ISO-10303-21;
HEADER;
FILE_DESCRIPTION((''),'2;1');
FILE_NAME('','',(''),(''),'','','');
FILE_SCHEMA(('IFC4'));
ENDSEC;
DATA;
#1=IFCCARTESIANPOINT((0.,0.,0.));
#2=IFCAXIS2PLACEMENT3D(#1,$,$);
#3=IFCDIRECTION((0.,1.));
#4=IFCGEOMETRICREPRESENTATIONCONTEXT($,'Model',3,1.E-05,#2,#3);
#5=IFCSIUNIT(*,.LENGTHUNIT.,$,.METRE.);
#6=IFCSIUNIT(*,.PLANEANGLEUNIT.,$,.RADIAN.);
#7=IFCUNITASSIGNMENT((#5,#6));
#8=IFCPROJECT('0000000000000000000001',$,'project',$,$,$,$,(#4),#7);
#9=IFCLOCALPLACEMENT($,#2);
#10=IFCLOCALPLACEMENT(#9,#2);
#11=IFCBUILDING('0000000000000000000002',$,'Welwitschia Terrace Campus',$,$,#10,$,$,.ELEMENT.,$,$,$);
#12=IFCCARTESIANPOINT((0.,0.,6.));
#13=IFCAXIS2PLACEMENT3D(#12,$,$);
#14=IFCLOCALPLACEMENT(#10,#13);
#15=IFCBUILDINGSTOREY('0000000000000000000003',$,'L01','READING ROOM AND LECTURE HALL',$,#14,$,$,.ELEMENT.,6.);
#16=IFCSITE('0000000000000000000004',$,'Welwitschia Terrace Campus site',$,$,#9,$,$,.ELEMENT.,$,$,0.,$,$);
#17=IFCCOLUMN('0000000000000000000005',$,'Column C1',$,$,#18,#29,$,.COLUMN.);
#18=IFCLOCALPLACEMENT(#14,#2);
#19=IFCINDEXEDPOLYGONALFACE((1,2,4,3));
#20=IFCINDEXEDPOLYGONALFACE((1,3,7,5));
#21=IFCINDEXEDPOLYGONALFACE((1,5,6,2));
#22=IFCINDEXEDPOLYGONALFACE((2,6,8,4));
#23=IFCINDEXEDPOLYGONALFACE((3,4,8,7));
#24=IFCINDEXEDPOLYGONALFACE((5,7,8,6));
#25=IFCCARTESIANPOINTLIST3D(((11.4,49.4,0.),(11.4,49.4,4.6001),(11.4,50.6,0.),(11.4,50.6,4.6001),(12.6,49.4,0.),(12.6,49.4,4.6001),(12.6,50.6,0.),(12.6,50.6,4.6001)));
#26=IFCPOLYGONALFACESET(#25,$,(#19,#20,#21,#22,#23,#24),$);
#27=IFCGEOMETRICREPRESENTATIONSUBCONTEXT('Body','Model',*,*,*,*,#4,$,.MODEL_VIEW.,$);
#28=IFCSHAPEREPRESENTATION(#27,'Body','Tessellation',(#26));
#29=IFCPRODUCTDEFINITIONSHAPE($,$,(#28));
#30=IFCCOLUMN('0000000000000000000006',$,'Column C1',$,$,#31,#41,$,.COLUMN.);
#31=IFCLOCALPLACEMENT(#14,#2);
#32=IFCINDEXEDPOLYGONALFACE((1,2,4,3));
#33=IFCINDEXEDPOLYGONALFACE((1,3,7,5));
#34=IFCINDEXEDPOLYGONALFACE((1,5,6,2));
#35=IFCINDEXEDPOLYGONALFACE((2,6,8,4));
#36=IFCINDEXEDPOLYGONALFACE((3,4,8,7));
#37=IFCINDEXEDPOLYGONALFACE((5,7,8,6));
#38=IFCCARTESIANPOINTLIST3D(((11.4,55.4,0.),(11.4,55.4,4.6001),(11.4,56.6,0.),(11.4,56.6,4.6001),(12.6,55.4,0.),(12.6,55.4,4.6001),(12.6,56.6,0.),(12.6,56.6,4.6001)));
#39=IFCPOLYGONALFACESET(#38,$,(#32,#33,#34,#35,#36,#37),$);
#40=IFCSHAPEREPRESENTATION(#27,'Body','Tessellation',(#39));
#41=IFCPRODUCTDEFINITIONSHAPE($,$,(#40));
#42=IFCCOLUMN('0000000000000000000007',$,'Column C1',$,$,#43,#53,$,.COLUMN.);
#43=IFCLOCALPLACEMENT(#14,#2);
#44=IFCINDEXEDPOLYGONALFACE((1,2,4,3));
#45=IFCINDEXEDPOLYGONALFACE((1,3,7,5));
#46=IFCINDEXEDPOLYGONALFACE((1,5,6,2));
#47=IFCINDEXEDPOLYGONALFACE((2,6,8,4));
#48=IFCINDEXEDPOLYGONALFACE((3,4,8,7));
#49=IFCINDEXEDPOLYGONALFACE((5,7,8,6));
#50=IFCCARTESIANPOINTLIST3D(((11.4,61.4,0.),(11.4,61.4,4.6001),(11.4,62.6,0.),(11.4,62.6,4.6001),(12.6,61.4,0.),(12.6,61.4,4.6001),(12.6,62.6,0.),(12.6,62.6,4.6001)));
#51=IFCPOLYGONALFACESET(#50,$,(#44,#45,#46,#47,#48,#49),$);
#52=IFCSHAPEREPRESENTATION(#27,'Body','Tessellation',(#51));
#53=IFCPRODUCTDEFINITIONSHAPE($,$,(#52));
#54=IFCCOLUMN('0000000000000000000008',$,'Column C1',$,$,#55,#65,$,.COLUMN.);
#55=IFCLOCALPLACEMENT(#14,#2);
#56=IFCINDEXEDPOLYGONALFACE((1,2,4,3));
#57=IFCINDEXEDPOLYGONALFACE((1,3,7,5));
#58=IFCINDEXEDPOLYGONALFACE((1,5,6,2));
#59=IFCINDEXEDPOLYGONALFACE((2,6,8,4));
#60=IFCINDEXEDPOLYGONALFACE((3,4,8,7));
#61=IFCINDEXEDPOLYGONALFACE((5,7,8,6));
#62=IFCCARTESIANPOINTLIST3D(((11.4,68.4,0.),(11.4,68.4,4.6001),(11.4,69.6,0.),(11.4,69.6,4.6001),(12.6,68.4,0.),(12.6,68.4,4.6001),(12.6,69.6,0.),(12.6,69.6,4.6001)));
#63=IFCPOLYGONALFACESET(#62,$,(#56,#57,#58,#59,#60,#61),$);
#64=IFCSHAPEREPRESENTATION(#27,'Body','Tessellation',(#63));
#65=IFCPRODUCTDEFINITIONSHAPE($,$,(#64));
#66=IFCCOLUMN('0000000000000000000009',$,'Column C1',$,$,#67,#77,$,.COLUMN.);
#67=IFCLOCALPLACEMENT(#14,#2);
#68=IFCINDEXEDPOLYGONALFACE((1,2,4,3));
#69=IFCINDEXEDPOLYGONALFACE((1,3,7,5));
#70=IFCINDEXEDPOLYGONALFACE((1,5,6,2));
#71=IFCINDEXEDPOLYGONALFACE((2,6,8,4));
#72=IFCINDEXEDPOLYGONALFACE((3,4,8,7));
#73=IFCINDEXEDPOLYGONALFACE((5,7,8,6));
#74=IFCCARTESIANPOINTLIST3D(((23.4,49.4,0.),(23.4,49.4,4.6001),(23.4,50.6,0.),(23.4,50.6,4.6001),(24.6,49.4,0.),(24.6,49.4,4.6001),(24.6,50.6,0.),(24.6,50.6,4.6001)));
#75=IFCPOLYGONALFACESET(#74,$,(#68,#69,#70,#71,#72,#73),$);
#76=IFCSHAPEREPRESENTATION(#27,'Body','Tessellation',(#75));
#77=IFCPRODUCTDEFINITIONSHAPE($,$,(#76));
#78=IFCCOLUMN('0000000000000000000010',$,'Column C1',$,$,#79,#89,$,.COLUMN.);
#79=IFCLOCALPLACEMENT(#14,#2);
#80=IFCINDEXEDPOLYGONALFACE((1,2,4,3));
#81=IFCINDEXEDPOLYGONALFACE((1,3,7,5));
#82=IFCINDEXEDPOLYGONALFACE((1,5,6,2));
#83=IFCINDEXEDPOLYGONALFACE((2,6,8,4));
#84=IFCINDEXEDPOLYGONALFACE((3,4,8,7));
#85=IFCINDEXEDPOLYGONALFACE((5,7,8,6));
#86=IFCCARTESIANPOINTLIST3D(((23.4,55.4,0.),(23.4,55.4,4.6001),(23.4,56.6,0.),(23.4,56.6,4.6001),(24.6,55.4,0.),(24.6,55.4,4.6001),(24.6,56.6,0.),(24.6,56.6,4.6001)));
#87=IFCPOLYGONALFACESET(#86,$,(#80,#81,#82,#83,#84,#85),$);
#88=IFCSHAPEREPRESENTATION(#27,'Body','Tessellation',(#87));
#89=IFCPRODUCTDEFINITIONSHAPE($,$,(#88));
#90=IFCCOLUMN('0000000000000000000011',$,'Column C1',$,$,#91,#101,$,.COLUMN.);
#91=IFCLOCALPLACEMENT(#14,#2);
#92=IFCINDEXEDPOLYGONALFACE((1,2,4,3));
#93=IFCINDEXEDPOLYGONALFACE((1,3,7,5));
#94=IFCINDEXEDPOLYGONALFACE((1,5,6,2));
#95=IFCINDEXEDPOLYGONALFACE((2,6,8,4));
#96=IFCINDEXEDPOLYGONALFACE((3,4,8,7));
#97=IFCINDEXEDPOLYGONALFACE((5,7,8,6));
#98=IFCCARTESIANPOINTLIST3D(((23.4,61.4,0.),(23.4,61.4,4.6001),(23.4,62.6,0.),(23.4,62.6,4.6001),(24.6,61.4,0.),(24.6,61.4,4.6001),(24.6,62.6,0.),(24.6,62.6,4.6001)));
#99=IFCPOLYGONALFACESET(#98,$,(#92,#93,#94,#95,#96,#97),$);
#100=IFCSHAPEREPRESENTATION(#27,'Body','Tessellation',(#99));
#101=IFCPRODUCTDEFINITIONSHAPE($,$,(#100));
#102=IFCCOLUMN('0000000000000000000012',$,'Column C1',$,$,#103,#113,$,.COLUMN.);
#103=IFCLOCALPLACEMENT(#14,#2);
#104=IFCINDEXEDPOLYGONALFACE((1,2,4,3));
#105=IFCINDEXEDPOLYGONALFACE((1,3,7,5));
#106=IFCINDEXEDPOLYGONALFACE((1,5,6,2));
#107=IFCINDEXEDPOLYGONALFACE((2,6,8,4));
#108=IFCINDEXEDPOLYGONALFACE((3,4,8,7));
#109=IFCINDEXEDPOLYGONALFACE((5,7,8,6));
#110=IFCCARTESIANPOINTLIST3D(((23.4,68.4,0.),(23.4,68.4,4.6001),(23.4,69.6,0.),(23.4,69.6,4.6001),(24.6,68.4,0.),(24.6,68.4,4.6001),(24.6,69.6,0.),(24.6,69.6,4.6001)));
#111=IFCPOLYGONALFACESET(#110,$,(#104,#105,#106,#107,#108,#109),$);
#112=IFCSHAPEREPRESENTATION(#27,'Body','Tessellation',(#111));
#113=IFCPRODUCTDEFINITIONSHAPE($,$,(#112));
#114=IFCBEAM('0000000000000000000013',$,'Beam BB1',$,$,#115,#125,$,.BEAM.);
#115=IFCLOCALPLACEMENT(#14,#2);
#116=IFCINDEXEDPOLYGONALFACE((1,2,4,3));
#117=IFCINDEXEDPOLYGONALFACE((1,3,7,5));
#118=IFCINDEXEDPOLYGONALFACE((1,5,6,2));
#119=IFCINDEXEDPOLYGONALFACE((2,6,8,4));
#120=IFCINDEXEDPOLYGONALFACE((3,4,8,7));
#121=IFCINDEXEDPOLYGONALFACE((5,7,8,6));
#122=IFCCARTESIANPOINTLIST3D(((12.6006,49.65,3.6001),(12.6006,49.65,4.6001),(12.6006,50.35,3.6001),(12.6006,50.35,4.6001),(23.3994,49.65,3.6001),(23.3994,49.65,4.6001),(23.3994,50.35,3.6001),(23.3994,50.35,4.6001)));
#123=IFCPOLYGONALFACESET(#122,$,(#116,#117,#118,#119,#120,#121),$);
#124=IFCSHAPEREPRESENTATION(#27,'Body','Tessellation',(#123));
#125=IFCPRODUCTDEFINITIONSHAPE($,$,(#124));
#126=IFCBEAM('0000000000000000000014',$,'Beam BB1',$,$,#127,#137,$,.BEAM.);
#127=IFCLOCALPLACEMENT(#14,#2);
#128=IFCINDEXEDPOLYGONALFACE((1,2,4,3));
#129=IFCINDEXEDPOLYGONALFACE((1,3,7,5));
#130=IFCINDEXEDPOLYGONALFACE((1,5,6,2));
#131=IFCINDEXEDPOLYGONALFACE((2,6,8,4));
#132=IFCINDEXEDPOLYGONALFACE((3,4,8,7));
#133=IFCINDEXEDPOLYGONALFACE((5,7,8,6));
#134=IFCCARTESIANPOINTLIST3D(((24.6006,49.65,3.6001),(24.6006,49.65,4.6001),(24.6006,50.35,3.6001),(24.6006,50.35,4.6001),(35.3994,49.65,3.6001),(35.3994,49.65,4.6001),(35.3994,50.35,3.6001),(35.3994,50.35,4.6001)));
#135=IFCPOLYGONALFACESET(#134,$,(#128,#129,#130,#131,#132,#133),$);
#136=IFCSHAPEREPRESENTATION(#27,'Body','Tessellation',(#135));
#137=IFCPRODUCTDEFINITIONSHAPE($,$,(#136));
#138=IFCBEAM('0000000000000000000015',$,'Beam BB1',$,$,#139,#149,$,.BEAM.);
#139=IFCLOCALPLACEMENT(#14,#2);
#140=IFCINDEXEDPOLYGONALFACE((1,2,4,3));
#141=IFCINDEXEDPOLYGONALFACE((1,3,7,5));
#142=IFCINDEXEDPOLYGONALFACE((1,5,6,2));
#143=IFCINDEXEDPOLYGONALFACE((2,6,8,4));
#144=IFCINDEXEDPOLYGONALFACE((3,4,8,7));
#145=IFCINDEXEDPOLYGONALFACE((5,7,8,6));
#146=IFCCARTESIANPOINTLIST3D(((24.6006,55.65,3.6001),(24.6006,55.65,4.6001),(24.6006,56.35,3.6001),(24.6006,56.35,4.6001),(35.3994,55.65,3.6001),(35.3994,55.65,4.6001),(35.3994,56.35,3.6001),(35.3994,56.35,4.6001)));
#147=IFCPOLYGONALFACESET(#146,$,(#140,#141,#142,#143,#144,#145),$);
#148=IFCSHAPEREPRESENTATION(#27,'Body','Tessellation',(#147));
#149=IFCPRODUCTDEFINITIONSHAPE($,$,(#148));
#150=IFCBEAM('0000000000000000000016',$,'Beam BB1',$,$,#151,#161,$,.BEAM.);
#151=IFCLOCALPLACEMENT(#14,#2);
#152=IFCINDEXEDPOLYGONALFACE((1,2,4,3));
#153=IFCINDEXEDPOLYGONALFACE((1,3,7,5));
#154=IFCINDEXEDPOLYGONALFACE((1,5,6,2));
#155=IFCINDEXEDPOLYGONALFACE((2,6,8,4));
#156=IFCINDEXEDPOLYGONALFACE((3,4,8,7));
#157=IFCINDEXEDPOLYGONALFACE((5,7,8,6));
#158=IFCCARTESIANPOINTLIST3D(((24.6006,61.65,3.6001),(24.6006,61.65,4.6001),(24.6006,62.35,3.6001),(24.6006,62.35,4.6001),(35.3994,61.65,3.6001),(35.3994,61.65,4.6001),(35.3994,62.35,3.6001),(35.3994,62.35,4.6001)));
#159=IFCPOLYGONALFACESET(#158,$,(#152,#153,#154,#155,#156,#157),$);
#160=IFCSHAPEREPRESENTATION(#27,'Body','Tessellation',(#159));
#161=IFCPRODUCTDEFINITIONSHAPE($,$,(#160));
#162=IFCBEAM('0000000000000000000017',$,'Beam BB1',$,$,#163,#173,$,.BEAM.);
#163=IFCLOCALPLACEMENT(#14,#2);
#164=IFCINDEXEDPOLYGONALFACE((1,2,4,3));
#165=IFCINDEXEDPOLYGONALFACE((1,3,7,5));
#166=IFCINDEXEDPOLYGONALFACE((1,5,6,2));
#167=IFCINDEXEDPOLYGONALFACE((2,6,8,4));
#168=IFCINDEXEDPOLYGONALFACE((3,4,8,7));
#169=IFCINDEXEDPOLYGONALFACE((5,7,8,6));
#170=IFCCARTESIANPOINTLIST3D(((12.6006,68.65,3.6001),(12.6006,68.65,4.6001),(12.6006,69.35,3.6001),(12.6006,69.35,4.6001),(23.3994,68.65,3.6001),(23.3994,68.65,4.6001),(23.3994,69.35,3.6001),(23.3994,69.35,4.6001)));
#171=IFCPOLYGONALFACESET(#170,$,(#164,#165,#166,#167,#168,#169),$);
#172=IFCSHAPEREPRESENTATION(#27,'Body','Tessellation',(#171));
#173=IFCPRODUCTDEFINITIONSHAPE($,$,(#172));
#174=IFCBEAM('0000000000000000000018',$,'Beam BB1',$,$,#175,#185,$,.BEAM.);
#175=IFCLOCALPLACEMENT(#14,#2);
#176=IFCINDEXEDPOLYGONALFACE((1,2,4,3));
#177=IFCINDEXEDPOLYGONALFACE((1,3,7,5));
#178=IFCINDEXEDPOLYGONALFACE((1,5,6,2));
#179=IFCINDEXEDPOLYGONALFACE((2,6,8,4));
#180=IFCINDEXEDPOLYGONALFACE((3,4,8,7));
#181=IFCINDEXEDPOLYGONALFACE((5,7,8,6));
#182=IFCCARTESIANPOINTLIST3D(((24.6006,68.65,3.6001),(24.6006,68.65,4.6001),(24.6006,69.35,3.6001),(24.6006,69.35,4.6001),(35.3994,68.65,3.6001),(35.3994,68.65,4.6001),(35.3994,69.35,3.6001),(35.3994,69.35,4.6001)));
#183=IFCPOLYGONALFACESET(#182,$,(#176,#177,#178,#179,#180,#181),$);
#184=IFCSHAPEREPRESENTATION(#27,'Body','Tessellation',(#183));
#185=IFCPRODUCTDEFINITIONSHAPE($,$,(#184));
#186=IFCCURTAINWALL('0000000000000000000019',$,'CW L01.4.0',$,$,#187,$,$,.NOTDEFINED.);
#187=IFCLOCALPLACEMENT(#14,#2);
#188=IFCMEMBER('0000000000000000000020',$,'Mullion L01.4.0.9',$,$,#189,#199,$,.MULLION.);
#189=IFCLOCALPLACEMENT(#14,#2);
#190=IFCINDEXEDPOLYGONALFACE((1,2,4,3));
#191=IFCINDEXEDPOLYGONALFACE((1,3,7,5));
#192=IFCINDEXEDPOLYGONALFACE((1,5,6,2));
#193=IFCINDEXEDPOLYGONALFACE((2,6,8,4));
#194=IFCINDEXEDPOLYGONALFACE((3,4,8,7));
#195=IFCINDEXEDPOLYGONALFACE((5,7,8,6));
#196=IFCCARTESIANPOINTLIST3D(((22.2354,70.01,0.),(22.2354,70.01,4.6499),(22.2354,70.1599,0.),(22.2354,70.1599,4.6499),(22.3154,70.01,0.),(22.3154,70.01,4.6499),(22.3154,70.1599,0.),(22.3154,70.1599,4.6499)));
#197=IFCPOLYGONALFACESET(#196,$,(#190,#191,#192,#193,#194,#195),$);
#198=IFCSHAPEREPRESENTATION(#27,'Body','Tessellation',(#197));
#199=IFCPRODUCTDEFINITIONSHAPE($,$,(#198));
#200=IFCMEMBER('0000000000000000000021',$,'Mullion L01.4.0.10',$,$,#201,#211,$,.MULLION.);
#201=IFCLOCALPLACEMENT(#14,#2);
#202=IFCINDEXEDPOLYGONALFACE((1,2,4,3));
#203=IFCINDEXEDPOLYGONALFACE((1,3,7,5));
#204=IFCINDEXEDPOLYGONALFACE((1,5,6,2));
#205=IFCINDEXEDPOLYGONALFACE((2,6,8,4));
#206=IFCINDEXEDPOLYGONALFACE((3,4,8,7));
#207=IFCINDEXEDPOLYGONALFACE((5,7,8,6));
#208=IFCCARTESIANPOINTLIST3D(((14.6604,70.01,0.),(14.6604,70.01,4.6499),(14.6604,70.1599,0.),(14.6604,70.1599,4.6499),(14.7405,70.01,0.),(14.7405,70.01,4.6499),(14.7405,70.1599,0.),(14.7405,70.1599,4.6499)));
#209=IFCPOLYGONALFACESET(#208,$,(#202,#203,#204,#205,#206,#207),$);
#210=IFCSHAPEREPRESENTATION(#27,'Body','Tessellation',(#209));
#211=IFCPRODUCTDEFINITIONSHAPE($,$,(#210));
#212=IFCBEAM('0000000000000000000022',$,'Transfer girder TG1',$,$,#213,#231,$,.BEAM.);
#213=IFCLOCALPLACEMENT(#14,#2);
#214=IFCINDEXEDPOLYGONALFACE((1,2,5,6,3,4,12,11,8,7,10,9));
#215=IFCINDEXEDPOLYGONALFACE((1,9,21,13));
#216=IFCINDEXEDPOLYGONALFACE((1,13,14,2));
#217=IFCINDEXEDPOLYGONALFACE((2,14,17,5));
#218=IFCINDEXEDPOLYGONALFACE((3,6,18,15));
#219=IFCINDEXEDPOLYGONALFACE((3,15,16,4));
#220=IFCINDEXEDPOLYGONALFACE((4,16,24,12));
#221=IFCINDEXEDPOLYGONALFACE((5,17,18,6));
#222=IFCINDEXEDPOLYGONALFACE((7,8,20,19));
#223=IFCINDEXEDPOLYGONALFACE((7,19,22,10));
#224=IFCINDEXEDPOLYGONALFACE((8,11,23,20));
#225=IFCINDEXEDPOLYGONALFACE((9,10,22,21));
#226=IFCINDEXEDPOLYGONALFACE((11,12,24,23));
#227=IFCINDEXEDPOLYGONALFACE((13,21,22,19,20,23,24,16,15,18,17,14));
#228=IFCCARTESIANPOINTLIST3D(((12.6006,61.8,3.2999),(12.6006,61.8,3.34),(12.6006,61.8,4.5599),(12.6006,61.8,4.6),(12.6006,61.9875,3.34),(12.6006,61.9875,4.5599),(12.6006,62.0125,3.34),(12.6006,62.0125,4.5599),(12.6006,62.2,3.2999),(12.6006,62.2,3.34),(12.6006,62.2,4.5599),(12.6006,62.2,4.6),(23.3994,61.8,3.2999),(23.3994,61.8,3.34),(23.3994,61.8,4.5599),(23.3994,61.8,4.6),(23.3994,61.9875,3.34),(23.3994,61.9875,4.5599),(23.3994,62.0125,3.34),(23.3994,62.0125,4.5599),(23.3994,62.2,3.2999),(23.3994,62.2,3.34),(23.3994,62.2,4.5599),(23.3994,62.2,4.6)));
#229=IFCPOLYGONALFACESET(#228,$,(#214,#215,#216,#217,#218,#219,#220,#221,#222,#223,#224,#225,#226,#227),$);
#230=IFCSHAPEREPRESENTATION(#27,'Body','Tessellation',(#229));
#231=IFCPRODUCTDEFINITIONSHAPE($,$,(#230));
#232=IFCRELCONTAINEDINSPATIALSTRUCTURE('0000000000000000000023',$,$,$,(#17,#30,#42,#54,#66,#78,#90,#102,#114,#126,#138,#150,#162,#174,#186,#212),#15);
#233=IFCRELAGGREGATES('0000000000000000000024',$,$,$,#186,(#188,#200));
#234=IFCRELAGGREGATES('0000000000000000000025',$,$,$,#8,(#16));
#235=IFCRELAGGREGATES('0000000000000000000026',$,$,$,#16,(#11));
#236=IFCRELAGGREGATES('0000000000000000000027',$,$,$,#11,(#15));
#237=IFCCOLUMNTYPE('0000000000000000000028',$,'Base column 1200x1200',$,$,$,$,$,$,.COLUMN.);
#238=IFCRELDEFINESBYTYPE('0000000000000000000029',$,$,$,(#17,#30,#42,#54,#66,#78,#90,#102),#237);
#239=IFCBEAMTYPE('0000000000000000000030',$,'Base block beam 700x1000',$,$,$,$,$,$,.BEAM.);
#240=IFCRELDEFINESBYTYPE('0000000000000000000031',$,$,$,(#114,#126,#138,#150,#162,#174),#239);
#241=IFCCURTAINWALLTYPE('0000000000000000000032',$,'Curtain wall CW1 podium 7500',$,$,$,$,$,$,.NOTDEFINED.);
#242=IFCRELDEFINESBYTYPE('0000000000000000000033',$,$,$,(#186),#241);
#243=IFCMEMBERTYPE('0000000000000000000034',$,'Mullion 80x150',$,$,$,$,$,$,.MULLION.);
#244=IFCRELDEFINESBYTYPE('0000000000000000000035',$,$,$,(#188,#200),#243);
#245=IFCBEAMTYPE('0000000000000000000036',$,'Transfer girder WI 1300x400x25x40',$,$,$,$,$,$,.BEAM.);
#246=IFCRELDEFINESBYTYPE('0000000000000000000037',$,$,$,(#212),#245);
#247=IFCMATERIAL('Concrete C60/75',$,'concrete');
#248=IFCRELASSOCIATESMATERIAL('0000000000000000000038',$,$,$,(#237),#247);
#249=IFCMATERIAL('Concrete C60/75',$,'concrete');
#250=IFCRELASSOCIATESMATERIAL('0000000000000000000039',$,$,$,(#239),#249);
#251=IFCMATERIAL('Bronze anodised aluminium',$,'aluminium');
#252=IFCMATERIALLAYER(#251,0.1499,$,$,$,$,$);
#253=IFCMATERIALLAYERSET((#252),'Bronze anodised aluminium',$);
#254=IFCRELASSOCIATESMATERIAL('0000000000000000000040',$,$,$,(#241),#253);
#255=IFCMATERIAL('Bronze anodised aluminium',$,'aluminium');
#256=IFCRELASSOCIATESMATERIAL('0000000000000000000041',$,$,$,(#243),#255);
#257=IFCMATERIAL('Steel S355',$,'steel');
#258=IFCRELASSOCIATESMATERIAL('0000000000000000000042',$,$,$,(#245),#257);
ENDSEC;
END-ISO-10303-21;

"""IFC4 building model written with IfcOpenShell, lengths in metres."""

from ifc_helpers import new_model, si_unit, direction, frame, origin, origin_2d, place, context, subcontext, project, spatial, rectangle, i_section, extrude, material, layer, layer_set, material_profile, profile_set, type_object, element, aggregate, save


model = new_model("IFC4")

# Units and contexts
model_context = context("Model", 3, precision=1e-05, world=origin(), true_north=direction((0.0, 1.0)))
body_context = subcontext(model_context, "Body", "Model", "MODEL_VIEW")
ifc_project = project(units=[si_unit("LENGTHUNIT", "METRE"), si_unit("PLANEANGLEUNIT", "RADIAN")], contexts=[model_context])

# Site, building, storey
site_placement = place(None, origin())
site = spatial("IfcSite", under=ifc_project, at=site_placement, Name="Welwitschia Terrace Campus site", CompositionType="ELEMENT", RefElevation=0.0)
building_placement = place(site_placement, origin())
building = spatial("IfcBuilding", under=site, at=building_placement, Name="Welwitschia Terrace Campus", CompositionType="ELEMENT")
storey_placement = place(building_placement, frame((0.0, 0.0, 6.0)))
storey = spatial("IfcBuildingStorey", under=building, at=storey_placement, Name="L01", Description="READING ROOM AND LECTURE HALL", CompositionType="ELEMENT", Elevation=6.0)

# Columns
ifc_material_1 = material(Name="Concrete C60/75", Category="concrete")
ifc_material_profile_1 = material_profile(ifc_material_1, rectangle(XDim=1.2, YDim=1.2, at=origin_2d()))
ifc_profile_set_1 = profile_set([ifc_material_profile_1], Name="Concrete C60/75")
column_type = type_object("IfcColumnType", Name="Base column 1200x1200", PredefinedType="COLUMN", material=ifc_profile_set_1)
for number, where, z_axis, x_axis, name in (
    (1, (12.0, 50.0, 0.0), (0.0, 0.0, 1.0), (1.0, 0.0, 0.0), "Column C1"),
    (2, (12.0, 56.0, 0.0), (0.0, 0.0, 1.0), (1.0, 0.0, 0.0), "Column C1"),
    (3, (12.0, 62.0, 0.0), (0.0, 0.0, 1.0), (1.0, 0.0, 0.0), "Column C1"),
    (4, (12.0, 69.0, 0.0), (0.0, 0.0, 1.0), (1.0, 0.0, 0.0), "Column C1"),
    (5, (24.0, 50.0, 0.0), (0.0, 0.0, 1.0), (1.0, 0.0, 0.0), "Column C1"),
    (6, (24.0, 56.0, 0.0), (0.0, 0.0, 1.0), (1.0, 0.0, 0.0), "Column C1"),
    (7, (24.0, 62.0, 0.0), (0.0, 0.0, 1.0), (1.0, 0.0, 0.0), "Column C1"),
    (8, (24.0, 69.0, 0.0), (0.0, 0.0, 1.0), (1.0, 0.0, 0.0), "Column C1"),
):
    element("IfcColumn", number, at=place(storey_placement, frame(where, z_axis=z_axis, x_axis=x_axis)), inside=storey, type_object=column_type, Name=name, PredefinedType="COLUMN", context=body_context, shape_type="SweptSolid", body=[
        extrude(rectangle(XDim=1.2, YDim=1.2, at=origin_2d()), origin(), (0.0, 0.0, 1.0), 4.6001),
    ])

# Beams
ifc_material_2 = material(Name="Concrete C60/75", Category="concrete")
ifc_material_profile_2 = material_profile(ifc_material_2, rectangle(XDim=0.7, YDim=1.0, at=origin_2d()))
ifc_profile_set_2 = profile_set([ifc_material_profile_2], Name="Concrete C60/75")
beam_type_1 = type_object("IfcBeamType", Name="Base block beam 700x1000", PredefinedType="BEAM", material=ifc_profile_set_2)
for number, where, z_axis, x_axis, name in (
    (9, (12.6006, 50.0, 4.1001), (1.0, 0.0, 0.0), (0.0, 1.0, 0.0), "Beam BB1"),
    (10, (24.6006, 50.0, 4.1001), (1.0, 0.0, 0.0), (0.0, 1.0, 0.0), "Beam BB1"),
    (11, (24.6006, 56.0, 4.1001), (1.0, 0.0, 0.0), (0.0, 1.0, 0.0), "Beam BB1"),
    (12, (24.6006, 62.0, 4.1001), (1.0, 0.0, 0.0), (0.0, 1.0, 0.0), "Beam BB1"),
    (13, (12.6006, 69.0, 4.1001), (1.0, 0.0, 0.0), (0.0, 1.0, 0.0), "Beam BB1"),
    (14, (24.6006, 69.0, 4.1001), (1.0, 0.0, 0.0), (0.0, 1.0, 0.0), "Beam BB1"),
):
    element("IfcBeam", number, at=place(storey_placement, frame(where, z_axis=z_axis, x_axis=x_axis)), inside=storey, type_object=beam_type_1, Name=name, PredefinedType="BEAM", context=body_context, shape_type="SweptSolid", body=[
        extrude(rectangle(XDim=0.7, YDim=1.0, at=origin_2d()), origin(), (0.0, 0.0, 1.0), 10.7988),
    ])

# Curtain wall, members
ifc_material_3 = material(Name="Bronze anodised aluminium", Category="aluminium")
ifc_layer_1 = layer(ifc_material_3, 0.1499)
ifc_layer_set_1 = layer_set([ifc_layer_1], Name="Bronze anodised aluminium")
curtain_wall_type = type_object("IfcCurtainWallType", Name="Curtain wall CW1 podium 7500", PredefinedType="NOTDEFINED", material=ifc_layer_set_1)
curtain_wall_placement = place(storey_placement, origin())
curtain_wall = element("IfcCurtainWall", 15, at=curtain_wall_placement, inside=storey, type_object=curtain_wall_type, Name="CW L01.4.0", PredefinedType="NOTDEFINED")
ifc_material_4 = material(Name="Bronze anodised aluminium", Category="aluminium")
ifc_material_profile_3 = material_profile(ifc_material_4, rectangle(XDim=0.1499, YDim=0.0801, at=origin_2d()))
ifc_profile_set_3 = profile_set([ifc_material_profile_3], Name="Bronze anodised aluminium")
member_type = type_object("IfcMemberType", Name="Mullion 80x150", PredefinedType="MULLION", material=ifc_profile_set_3)
member_1_placement = place(storey_placement, frame((22.2754, 70.085, 0.0), z_axis=(0.0, 0.0, 1.0), x_axis=(0.0, -1.0, 0.0)))
member_1 = element("IfcMember", 16, at=member_1_placement, type_object=member_type, Name="Mullion L01.4.0.9", PredefinedType="MULLION", context=body_context, shape_type="SweptSolid", body=[
    extrude(rectangle(XDim=0.1499, YDim=0.0801, at=origin_2d()), origin(), (0.0, 0.0, 1.0), 4.6499),
])
member_2_placement = place(storey_placement, frame((14.7004, 70.085, 0.0), z_axis=(0.0, 0.0, 1.0), x_axis=(0.0, -1.0, 0.0)))
member_2 = element("IfcMember", 17, at=member_2_placement, type_object=member_type, Name="Mullion L01.4.0.10", PredefinedType="MULLION", context=body_context, shape_type="SweptSolid", body=[
    extrude(rectangle(XDim=0.1499, YDim=0.0801, at=origin_2d()), origin(), (0.0, 0.0, 1.0), 4.6499),
])

# Beam
ifc_material_5 = material(Name="Steel S355", Category="steel")
ifc_material_profile_4 = material_profile(ifc_material_5, i_section(OverallWidth=0.3999, OverallDepth=1.3, WebThickness=0.0249, FlangeThickness=0.04, at=origin_2d()))
ifc_profile_set_4 = profile_set([ifc_material_profile_4], Name="Steel S355")
beam_type_2 = type_object("IfcBeamType", Name="Transfer girder WI 1300x400x25x40", PredefinedType="BEAM", material=ifc_profile_set_4)
for number, where, z_axis, x_axis, name in (
    (18, (12.6006, 62.0, 3.95), (1.0, 0.0, 0.0), (0.0, 1.0, 0.0), "Transfer girder TG1"),
):
    element("IfcBeam", number, at=place(storey_placement, frame(where, z_axis=z_axis, x_axis=x_axis)), inside=storey, type_object=beam_type_2, Name=name, PredefinedType="BEAM", context=body_context, shape_type="SweptSolid", body=[
        extrude(i_section(OverallWidth=0.3999, OverallDepth=1.3, WebThickness=0.0249, FlangeThickness=0.04, at=origin_2d()), origin(), (0.0, 0.0, 1.0), 10.7988),
    ])

aggregate(curtain_wall, [member_1, member_2])

save(model, "model.ifc")
